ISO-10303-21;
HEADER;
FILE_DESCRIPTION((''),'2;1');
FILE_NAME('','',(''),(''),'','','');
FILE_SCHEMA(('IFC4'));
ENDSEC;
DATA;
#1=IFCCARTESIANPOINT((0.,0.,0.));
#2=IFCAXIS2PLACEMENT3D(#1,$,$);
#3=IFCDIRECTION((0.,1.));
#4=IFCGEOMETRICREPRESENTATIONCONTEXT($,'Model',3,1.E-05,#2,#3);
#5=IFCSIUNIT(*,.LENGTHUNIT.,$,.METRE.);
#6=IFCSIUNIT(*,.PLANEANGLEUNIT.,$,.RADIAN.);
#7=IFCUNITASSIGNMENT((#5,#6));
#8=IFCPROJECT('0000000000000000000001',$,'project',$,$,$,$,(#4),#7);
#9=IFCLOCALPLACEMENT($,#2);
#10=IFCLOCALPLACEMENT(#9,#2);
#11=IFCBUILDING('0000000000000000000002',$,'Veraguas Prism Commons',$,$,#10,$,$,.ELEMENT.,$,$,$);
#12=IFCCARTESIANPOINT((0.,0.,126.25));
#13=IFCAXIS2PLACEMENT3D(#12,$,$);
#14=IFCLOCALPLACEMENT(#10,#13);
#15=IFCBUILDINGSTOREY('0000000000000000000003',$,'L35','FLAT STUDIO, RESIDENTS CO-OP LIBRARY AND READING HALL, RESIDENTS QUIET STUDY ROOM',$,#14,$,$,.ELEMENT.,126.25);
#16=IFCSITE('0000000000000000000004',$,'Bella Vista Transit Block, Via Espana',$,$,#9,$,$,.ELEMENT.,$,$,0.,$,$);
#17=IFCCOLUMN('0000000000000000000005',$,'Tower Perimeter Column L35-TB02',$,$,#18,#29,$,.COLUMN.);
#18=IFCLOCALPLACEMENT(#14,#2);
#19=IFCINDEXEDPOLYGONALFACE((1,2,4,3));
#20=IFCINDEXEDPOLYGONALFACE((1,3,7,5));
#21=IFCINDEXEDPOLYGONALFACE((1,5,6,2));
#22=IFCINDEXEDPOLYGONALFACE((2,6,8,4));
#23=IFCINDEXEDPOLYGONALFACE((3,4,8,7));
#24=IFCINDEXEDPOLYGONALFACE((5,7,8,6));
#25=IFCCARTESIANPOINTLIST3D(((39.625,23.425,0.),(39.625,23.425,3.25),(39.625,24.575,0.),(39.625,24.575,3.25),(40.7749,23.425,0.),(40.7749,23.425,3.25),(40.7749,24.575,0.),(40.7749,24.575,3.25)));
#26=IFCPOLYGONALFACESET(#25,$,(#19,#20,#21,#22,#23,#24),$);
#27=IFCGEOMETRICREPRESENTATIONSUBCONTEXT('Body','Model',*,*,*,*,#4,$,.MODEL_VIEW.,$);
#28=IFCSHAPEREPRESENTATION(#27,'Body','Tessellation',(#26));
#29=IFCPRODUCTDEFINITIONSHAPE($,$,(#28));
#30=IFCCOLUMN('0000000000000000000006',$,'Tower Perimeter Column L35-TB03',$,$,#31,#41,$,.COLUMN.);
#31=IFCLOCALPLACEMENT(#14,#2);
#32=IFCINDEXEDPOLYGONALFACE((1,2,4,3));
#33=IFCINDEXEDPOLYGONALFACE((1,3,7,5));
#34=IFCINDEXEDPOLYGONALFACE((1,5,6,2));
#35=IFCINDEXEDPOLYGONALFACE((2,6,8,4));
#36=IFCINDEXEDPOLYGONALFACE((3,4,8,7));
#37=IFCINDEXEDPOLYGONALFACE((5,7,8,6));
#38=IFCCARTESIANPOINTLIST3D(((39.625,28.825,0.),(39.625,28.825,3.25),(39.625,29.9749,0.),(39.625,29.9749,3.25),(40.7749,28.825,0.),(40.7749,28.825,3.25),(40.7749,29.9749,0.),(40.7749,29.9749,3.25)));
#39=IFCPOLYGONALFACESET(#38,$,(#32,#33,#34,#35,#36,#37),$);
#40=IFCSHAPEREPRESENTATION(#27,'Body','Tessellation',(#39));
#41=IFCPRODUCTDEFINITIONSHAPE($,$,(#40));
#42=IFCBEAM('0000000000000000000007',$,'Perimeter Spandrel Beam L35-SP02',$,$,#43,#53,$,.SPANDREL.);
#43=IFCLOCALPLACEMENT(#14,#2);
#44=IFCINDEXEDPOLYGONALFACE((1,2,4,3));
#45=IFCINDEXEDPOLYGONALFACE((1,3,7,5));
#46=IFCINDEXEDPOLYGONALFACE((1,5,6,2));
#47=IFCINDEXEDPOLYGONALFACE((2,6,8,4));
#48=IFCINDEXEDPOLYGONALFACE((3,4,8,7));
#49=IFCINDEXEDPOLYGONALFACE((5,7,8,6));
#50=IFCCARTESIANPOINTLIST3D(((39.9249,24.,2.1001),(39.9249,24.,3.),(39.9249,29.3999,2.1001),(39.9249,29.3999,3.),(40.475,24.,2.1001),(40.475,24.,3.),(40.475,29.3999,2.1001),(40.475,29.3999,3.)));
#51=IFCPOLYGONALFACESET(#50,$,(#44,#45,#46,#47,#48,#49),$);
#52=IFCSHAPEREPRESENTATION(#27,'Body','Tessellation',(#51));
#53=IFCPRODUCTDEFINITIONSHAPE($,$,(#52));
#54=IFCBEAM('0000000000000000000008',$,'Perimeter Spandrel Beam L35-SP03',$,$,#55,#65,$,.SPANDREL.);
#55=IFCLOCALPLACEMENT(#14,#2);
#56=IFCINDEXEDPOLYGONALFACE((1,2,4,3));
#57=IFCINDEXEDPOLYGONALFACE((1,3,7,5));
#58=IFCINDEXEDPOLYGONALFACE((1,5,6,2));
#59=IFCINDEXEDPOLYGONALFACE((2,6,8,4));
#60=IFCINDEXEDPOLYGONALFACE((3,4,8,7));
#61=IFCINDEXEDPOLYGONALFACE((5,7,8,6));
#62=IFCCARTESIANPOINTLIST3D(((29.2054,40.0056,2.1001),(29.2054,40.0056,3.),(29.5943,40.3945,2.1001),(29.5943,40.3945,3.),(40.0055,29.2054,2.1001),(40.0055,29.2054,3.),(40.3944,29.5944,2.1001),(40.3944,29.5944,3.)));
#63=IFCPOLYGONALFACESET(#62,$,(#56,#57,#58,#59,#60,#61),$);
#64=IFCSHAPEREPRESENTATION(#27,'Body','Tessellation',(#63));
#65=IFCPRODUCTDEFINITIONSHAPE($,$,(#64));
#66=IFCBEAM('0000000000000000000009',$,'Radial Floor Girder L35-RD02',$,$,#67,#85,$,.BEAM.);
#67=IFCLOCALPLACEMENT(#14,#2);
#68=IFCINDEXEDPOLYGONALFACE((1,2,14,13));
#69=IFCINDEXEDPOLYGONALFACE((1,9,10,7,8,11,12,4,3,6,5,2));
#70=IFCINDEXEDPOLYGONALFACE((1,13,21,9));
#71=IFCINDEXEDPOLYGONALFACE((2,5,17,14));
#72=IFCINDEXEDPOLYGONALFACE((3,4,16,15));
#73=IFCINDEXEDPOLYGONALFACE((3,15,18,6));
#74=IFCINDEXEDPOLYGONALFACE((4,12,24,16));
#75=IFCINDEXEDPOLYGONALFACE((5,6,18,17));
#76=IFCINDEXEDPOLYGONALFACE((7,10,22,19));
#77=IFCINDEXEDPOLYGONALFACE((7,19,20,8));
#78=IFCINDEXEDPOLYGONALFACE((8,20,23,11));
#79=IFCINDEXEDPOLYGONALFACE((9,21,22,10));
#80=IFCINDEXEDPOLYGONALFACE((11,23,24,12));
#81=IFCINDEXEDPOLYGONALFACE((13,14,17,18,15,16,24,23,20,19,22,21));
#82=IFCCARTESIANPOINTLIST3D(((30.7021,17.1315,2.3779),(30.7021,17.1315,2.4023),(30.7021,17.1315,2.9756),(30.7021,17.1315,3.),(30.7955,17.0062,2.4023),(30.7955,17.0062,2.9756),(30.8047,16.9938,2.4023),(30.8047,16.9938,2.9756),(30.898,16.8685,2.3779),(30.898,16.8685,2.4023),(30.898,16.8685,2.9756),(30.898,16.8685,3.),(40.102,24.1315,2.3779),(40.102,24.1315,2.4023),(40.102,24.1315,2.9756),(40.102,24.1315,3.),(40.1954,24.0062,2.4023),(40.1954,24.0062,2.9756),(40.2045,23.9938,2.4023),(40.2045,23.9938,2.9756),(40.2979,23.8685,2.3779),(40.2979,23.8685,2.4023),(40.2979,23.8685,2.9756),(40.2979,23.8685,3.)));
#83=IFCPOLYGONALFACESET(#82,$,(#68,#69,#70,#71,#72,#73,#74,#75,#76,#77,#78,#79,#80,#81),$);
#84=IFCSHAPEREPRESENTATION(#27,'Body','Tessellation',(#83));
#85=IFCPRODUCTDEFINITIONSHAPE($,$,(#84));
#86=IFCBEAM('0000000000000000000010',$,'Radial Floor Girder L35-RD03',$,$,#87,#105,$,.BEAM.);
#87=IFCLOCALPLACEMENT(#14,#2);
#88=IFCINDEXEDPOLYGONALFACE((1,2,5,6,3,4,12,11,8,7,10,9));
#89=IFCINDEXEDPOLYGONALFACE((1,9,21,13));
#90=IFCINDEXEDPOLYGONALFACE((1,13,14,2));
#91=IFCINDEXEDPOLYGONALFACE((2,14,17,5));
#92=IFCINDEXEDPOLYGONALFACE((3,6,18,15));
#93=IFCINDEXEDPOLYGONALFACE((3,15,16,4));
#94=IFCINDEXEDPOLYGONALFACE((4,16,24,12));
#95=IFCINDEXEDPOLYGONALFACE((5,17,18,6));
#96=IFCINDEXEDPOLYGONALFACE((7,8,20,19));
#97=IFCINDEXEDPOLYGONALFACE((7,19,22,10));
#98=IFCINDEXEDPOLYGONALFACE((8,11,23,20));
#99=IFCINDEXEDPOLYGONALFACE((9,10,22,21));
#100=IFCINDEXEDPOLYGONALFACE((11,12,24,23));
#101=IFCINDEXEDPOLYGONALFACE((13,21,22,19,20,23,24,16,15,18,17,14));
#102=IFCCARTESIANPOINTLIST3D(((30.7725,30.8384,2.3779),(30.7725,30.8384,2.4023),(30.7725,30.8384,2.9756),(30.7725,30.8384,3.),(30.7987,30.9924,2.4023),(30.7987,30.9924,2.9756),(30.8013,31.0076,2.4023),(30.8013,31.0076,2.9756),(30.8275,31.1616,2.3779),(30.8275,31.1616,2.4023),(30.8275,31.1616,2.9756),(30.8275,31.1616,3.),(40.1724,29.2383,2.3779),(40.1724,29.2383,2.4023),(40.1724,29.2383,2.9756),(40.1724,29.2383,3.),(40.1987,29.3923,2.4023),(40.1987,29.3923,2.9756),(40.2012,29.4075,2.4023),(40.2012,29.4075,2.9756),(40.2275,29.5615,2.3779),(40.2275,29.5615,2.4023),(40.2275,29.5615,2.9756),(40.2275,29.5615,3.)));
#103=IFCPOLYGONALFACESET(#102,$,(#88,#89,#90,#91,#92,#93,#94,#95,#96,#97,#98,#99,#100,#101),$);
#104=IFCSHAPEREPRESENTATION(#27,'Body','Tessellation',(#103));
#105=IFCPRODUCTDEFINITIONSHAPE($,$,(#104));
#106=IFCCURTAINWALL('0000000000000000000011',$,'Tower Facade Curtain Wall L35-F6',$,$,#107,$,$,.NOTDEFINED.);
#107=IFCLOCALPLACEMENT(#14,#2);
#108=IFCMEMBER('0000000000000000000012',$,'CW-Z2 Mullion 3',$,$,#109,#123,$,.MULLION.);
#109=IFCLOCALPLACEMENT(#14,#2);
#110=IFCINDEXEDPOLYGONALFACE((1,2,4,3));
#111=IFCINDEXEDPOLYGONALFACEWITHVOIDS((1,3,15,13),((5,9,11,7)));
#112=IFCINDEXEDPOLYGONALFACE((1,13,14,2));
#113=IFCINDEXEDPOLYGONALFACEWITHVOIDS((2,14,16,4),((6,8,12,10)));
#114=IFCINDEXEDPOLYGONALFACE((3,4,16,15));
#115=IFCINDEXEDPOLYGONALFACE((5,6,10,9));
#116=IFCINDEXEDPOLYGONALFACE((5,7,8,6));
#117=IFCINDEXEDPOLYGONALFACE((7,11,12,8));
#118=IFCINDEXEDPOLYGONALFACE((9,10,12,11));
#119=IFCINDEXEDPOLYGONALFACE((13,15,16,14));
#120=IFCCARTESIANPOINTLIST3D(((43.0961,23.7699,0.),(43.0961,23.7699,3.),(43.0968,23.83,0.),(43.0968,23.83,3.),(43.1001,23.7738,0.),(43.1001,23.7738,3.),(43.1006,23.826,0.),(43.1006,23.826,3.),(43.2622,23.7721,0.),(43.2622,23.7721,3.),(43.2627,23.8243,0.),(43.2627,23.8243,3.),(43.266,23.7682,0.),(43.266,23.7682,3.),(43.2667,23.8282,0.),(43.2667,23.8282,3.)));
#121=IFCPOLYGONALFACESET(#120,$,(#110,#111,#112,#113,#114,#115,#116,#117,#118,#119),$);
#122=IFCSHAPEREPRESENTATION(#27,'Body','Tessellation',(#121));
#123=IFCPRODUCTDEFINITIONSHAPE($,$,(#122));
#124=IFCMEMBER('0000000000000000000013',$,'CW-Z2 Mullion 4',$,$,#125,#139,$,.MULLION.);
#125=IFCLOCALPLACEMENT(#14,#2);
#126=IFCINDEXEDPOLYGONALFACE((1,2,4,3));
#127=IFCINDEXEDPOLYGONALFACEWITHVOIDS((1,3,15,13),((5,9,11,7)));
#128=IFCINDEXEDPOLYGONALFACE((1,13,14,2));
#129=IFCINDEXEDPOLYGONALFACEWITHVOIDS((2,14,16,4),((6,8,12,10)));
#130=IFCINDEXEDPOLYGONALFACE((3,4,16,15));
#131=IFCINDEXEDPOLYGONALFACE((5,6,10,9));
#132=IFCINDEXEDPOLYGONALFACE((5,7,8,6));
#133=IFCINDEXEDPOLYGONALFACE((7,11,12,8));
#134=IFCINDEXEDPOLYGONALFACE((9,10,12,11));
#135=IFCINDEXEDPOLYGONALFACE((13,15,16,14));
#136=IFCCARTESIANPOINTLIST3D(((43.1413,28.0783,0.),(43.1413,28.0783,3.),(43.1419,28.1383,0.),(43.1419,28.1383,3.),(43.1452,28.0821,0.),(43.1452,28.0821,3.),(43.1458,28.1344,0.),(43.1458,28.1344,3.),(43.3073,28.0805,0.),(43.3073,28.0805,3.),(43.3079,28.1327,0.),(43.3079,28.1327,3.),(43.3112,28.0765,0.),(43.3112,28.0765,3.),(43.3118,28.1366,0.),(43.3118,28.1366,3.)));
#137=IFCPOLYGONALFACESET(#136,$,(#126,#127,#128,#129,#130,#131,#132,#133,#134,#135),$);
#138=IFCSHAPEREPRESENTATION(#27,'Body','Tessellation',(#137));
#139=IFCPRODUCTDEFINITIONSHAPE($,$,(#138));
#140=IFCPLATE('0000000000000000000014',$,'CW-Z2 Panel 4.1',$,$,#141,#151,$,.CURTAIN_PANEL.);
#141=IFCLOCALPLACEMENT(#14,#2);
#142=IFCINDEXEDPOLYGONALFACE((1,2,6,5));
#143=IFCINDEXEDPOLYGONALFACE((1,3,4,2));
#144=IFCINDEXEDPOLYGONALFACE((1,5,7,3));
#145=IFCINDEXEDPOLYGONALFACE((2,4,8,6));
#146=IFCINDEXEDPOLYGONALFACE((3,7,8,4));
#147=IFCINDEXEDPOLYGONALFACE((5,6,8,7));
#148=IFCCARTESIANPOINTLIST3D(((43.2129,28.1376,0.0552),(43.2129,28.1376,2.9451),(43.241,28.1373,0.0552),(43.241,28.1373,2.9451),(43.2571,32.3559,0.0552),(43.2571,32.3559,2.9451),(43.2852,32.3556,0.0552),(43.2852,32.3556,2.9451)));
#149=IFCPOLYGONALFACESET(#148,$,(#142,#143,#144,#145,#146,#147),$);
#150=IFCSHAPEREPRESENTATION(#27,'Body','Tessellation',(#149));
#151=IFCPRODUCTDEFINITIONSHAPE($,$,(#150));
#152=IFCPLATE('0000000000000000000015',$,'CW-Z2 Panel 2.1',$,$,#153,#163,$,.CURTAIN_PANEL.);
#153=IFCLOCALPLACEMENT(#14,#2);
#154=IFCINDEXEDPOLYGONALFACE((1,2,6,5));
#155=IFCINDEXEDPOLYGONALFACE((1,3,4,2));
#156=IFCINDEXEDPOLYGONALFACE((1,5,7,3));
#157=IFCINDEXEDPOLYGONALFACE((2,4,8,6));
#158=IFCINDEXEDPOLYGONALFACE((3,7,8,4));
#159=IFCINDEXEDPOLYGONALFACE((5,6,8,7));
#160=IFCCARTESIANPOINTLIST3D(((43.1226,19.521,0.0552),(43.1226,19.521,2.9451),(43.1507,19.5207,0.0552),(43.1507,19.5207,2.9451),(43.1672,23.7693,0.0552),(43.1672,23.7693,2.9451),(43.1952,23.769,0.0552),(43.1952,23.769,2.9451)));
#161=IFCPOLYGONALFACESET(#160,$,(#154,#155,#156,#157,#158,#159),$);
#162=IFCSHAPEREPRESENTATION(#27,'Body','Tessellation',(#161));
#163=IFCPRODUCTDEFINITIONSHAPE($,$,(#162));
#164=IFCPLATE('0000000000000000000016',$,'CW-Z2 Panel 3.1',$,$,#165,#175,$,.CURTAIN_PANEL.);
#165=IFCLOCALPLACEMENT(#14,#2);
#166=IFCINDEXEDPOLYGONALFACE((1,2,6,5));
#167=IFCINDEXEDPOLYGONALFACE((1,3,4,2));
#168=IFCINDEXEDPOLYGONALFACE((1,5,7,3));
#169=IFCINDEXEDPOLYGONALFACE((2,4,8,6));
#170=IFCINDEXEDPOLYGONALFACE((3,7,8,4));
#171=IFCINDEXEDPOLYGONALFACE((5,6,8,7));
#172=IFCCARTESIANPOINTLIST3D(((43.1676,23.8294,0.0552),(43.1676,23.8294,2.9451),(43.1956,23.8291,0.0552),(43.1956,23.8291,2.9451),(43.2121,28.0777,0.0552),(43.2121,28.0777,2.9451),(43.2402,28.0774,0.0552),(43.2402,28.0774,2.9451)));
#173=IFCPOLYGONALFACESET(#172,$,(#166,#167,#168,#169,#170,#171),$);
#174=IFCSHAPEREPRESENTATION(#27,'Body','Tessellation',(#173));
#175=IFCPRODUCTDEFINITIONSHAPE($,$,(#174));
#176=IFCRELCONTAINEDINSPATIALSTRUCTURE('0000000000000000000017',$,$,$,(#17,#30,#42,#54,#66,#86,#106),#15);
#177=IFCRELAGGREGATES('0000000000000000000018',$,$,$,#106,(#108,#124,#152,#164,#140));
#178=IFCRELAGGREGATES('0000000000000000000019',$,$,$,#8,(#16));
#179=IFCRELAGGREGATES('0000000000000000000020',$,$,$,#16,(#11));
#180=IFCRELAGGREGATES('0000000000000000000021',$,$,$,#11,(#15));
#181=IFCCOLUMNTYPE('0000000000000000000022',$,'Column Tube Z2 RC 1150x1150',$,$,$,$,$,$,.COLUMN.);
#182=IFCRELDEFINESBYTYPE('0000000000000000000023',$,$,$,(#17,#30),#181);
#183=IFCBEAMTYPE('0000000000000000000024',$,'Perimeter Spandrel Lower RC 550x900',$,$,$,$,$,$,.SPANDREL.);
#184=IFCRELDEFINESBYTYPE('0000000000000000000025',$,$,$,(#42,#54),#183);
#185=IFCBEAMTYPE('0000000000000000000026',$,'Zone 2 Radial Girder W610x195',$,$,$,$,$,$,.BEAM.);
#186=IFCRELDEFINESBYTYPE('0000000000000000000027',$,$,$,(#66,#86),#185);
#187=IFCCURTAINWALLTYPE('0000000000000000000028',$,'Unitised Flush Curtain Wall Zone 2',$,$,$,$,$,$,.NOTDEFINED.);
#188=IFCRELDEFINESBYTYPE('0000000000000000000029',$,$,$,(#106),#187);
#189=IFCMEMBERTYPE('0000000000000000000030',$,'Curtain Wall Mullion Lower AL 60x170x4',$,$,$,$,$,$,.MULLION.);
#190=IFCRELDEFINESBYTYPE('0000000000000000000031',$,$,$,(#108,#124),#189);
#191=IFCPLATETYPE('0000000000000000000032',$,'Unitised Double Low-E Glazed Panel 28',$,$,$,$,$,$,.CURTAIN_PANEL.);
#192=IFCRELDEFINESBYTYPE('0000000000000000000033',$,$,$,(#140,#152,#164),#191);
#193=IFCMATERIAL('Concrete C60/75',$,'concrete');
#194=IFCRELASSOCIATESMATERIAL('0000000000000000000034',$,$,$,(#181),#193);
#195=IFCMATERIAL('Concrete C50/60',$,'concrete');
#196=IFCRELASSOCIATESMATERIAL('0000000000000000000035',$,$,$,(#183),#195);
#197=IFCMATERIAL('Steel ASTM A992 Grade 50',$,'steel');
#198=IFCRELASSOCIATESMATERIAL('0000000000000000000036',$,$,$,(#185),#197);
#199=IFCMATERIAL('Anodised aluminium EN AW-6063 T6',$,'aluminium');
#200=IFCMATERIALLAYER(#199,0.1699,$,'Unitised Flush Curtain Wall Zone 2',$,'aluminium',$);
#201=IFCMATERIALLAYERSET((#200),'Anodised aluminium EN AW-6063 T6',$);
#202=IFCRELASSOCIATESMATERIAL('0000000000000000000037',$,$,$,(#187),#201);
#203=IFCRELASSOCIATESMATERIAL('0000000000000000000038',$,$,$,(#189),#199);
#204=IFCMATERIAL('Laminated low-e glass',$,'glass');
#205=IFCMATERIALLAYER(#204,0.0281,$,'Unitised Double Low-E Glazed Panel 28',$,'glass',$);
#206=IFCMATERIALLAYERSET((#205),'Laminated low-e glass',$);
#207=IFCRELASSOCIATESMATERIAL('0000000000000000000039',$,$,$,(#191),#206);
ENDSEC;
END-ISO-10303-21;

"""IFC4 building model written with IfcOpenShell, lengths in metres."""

from ifc_helpers import new_model, si_unit, direction, frame, origin, origin_2d, place, context, subcontext, project, spatial, rectangle, hollow_rectangle, i_section, extrude, source, transform, mapped, material, layer, layer_set, material_profile, profile_set, type_object, element, aggregate, save


model = new_model("IFC4")

# Units and contexts
model_context = context("Model", 3, precision=1e-05, world=origin(), true_north=direction((0.0, 1.0)))
body_context = subcontext(model_context, "Body", "Model", "MODEL_VIEW")
ifc_project = project(units=[si_unit("LENGTHUNIT", "METRE"), si_unit("PLANEANGLEUNIT", "RADIAN")], contexts=[model_context])

# Site, building, storey
site_placement = place(None, origin())
site = spatial("IfcSite", under=ifc_project, at=site_placement, Name="Bella Vista Transit Block, Via Espana", CompositionType="ELEMENT", RefElevation=0.0)
building_placement = place(site_placement, origin())
building = spatial("IfcBuilding", under=site, at=building_placement, Name="Veraguas Prism Commons", CompositionType="ELEMENT")
storey_placement = place(building_placement, frame((0.0, 0.0, 126.25)))
storey = spatial("IfcBuildingStorey", under=building, at=storey_placement, Name="L35", Description="FLAT STUDIO, RESIDENTS CO-OP LIBRARY AND READING HALL, RESIDENTS QUIET STUDY ROOM", CompositionType="ELEMENT", Elevation=126.25)

# Columns
ifc_material_1 = material(Name="Concrete C60/75", Category="concrete")
ifc_material_profile_1 = material_profile(ifc_material_1, rectangle(XDim=1.1499, YDim=1.1499, at=origin_2d()), Name="RC1150X1150")
ifc_profile_set_1 = profile_set([ifc_material_profile_1], Name="Concrete C60/75")
column_type = type_object("IfcColumnType", Name="Column Tube Z2 RC 1150x1150", PredefinedType="COLUMN", material=ifc_profile_set_1)
for number, where, z_axis, x_axis, name in (
    (1, (40.2, 24.0, 0.0), (0.0, 0.0, 1.0), (1.0, 0.0, 0.0), "Tower Perimeter Column L35-TB02"),
    (2, (40.2, 29.3999, 0.0), (0.0, 0.0, 1.0), (1.0, 0.0, 0.0), "Tower Perimeter Column L35-TB03"),
):
    element("IfcColumn", number, at=place(storey_placement, frame(where, z_axis=z_axis, x_axis=x_axis)), inside=storey, type_object=column_type, Name=name, PredefinedType="COLUMN", context=body_context, shape_type="SweptSolid", body=[
        extrude(rectangle(XDim=1.1499, YDim=1.1499, at=origin_2d()), origin(), (0.0, 0.0, 1.0), 3.25),
    ])

# Beams
ifc_material_2 = material(Name="Concrete C50/60", Category="concrete")
ifc_material_profile_2 = material_profile(ifc_material_2, rectangle(XDim=0.55, YDim=0.8999, at=origin_2d()), Name="RC550X900")
ifc_profile_set_2 = profile_set([ifc_material_profile_2], Name="Concrete C50/60")
beam_type_1 = type_object("IfcBeamType", Name="Perimeter Spandrel Lower RC 550x900", PredefinedType="SPANDREL", material=ifc_profile_set_2)
beam_1_placement = place(storey_placement, frame((40.2, 24.0, 2.55), z_axis=(0.0, 1.0, 0.0), x_axis=(-1.0, 0.0, 0.0)))
element("IfcBeam", 3, at=beam_1_placement, inside=storey, type_object=beam_type_1, Name="Perimeter Spandrel Beam L35-SP02", PredefinedType="SPANDREL", context=body_context, shape_type="SweptSolid", body=[
    extrude(rectangle(XDim=0.55, YDim=0.8999, at=origin_2d()), origin(), (0.0, 0.0, 1.0), 5.3999),
])
beam_2_placement = place(storey_placement, frame((40.2, 29.3999, 2.55), z_axis=(-0.707107, 0.707107, 0.0), x_axis=(-0.707107, -0.707107, 0.0)))
element("IfcBeam", 4, at=beam_2_placement, inside=storey, type_object=beam_type_1, Name="Perimeter Spandrel Beam L35-SP03", PredefinedType="SPANDREL", context=body_context, shape_type="SweptSolid", body=[
    extrude(rectangle(XDim=0.55, YDim=0.8999, at=origin_2d()), origin(), (0.0, 0.0, 1.0), 15.2737),
])
ifc_material_3 = material(Name="Steel ASTM A992 Grade 50", Category="steel")
ifc_material_profile_3 = material_profile(ifc_material_3, i_section(OverallWidth=0.3279, OverallDepth=0.6221, WebThickness=0.0154, FlangeThickness=0.0244, at=origin_2d()), Name="W610X195")
ifc_profile_set_3 = profile_set([ifc_material_profile_3], Name="Steel ASTM A992 Grade 50")
beam_type_2 = type_object("IfcBeamType", Name="Zone 2 Radial Girder W610x195", PredefinedType="BEAM", material=ifc_profile_set_3)
beam_3_placement = place(storey_placement, frame((40.2, 24.0, 2.689), z_axis=(-0.80204, -0.59727, 0.0), x_axis=(0.59727, -0.80204, 0.0)))
element("IfcBeam", 5, at=beam_3_placement, inside=storey, type_object=beam_type_2, Name="Radial Floor Girder L35-RD02", PredefinedType="BEAM", context=body_context, shape_type="SweptSolid", body=[
    extrude(i_section(OverallWidth=0.3279, OverallDepth=0.6221, WebThickness=0.0154, FlangeThickness=0.0244, at=origin_2d()), origin(), (0.0, 0.0, 1.0), 11.72),
])
beam_4_placement = place(storey_placement, frame((40.2, 29.3999, 2.689), z_axis=(-0.985819, 0.167811, 0.0), x_axis=(-0.167811, -0.985819, 0.0)))
element("IfcBeam", 6, at=beam_4_placement, inside=storey, type_object=beam_type_2, Name="Radial Floor Girder L35-RD03", PredefinedType="BEAM", context=body_context, shape_type="SweptSolid", body=[
    extrude(i_section(OverallWidth=0.3279, OverallDepth=0.6221, WebThickness=0.0154, FlangeThickness=0.0244, at=origin_2d()), origin(), (0.0, 0.0, 1.0), 9.5352),
])

# Curtain wall, members, plates
ifc_material_4 = material(Name="Anodised aluminium EN AW-6063 T6", Category="aluminium")
ifc_layer_1 = layer(ifc_material_4, 0.1699, Name="Unitised Flush Curtain Wall Zone 2", Category="aluminium")
ifc_layer_set_1 = layer_set([ifc_layer_1], Name="Anodised aluminium EN AW-6063 T6")
curtain_wall_type = type_object("IfcCurtainWallType", Name="Unitised Flush Curtain Wall Zone 2", PredefinedType="NOTDEFINED", material=ifc_layer_set_1)
curtain_wall_placement = place(storey_placement, origin())
curtain_wall = element("IfcCurtainWall", 7, at=curtain_wall_placement, inside=storey, type_object=curtain_wall_type, Name="Tower Facade Curtain Wall L35-F6", PredefinedType="NOTDEFINED")
ifc_material_profile_4 = material_profile(ifc_material_4, hollow_rectangle(XDim=0.0601, YDim=0.1699, WallThickness=0.0039, at=origin_2d()), Name="AL60X170X4")
ifc_profile_set_4 = profile_set([ifc_material_profile_4], Name="Anodised aluminium EN AW-6063 T6")
member_type = type_object("IfcMemberType", Name="Curtain Wall Mullion Lower AL 60x170x4", PredefinedType="MULLION", material=ifc_profile_set_4)
shared_shape_1 = source(origin(), body_context, "Body", "SweptSolid", [
    extrude(hollow_rectangle(XDim=0.0601, YDim=0.1699, WallThickness=0.0039, at=origin_2d()), origin(), (0.0, 0.0, 1.0), 3.0),
])
member_1_placement = place(storey_placement, frame((43.1814, 23.7991, 0.0), z_axis=(0.0, 0.0, 1.0), x_axis=(0.010479, 0.999945, 0.0)))
member_1 = element("IfcMember", 8, at=member_1_placement, type_object=member_type, Name="CW-Z2 Mullion 3", PredefinedType="MULLION", context=body_context, shape_type="MappedRepresentation", body=[
    mapped(shared_shape_1, transform((0.0, 0.0, 0.0), scale=1.0)),
])
member_2_placement = place(storey_placement, frame((43.2266, 28.1074, 0.0), z_axis=(0.0, 0.0, 1.0), x_axis=(0.010479, 0.999945, 0.0)))
member_2 = element("IfcMember", 9, at=member_2_placement, type_object=member_type, Name="CW-Z2 Mullion 4", PredefinedType="MULLION", context=body_context, shape_type="MappedRepresentation", body=[
    mapped(shared_shape_1, transform((0.0, 0.0, 0.0), scale=1.0)),
])
ifc_material_5 = material(Name="Laminated low-e glass", Category="glass")
ifc_layer_2 = layer(ifc_material_5, 0.0281, Name="Unitised Double Low-E Glazed Panel 28", Category="glass")
ifc_layer_set_2 = layer_set([ifc_layer_2], Name="Laminated low-e glass")
plate_type = type_object("IfcPlateType", Name="Unitised Double Low-E Glazed Panel 28", PredefinedType="CURTAIN_PANEL", material=ifc_layer_set_2)
shared_shape_2 = source(origin(), body_context, "Body", "SweptSolid", [
    extrude(rectangle(XDim=4.2185, YDim=0.0281, at=origin_2d()), origin(), (0.0, 0.0, 1.0), 2.8899),
])
plate_1_placement = place(storey_placement, frame((43.249, 30.2466, 0.0552), z_axis=(0.0, 0.0, 1.0), x_axis=(0.010479, 0.999945, 0.0)))
plate_1 = element("IfcPlate", 10, at=plate_1_placement, type_object=plate_type, Name="CW-Z2 Panel 4.1", PredefinedType="CURTAIN_PANEL", context=body_context, shape_type="MappedRepresentation", body=[
    mapped(shared_shape_2, transform((0.0, 0.0, 0.0), scale=1.0)),
])
shared_shape_3 = source(origin(), body_context, "Body", "SweptSolid", [
    extrude(rectangle(XDim=4.2485, YDim=0.0281, at=origin_2d()), origin(), (0.0, 0.0, 1.0), 2.8899),
])
plate_2_placement = place(storey_placement, frame((43.1589, 21.645, 0.0552), z_axis=(0.0, 0.0, 1.0), x_axis=(0.010479, 0.999945, 0.0)))
plate_2 = element("IfcPlate", 11, at=plate_2_placement, type_object=plate_type, Name="CW-Z2 Panel 2.1", PredefinedType="CURTAIN_PANEL", context=body_context, shape_type="MappedRepresentation", body=[
    mapped(shared_shape_3, transform((0.0, 0.0, 0.0), scale=1.0)),
])
plate_3_placement = place(storey_placement, frame((43.2039, 25.9534, 0.0552), z_axis=(0.0, 0.0, 1.0), x_axis=(0.010479, 0.999945, 0.0)))
plate_3 = element("IfcPlate", 12, at=plate_3_placement, type_object=plate_type, Name="CW-Z2 Panel 3.1", PredefinedType="CURTAIN_PANEL", context=body_context, shape_type="MappedRepresentation", body=[
    mapped(shared_shape_3, transform((0.0, 0.0, 0.0), scale=1.0)),
])
aggregate(curtain_wall, [member_1, member_2, plate_2, plate_3, plate_1])

save(model, "model.ifc")
